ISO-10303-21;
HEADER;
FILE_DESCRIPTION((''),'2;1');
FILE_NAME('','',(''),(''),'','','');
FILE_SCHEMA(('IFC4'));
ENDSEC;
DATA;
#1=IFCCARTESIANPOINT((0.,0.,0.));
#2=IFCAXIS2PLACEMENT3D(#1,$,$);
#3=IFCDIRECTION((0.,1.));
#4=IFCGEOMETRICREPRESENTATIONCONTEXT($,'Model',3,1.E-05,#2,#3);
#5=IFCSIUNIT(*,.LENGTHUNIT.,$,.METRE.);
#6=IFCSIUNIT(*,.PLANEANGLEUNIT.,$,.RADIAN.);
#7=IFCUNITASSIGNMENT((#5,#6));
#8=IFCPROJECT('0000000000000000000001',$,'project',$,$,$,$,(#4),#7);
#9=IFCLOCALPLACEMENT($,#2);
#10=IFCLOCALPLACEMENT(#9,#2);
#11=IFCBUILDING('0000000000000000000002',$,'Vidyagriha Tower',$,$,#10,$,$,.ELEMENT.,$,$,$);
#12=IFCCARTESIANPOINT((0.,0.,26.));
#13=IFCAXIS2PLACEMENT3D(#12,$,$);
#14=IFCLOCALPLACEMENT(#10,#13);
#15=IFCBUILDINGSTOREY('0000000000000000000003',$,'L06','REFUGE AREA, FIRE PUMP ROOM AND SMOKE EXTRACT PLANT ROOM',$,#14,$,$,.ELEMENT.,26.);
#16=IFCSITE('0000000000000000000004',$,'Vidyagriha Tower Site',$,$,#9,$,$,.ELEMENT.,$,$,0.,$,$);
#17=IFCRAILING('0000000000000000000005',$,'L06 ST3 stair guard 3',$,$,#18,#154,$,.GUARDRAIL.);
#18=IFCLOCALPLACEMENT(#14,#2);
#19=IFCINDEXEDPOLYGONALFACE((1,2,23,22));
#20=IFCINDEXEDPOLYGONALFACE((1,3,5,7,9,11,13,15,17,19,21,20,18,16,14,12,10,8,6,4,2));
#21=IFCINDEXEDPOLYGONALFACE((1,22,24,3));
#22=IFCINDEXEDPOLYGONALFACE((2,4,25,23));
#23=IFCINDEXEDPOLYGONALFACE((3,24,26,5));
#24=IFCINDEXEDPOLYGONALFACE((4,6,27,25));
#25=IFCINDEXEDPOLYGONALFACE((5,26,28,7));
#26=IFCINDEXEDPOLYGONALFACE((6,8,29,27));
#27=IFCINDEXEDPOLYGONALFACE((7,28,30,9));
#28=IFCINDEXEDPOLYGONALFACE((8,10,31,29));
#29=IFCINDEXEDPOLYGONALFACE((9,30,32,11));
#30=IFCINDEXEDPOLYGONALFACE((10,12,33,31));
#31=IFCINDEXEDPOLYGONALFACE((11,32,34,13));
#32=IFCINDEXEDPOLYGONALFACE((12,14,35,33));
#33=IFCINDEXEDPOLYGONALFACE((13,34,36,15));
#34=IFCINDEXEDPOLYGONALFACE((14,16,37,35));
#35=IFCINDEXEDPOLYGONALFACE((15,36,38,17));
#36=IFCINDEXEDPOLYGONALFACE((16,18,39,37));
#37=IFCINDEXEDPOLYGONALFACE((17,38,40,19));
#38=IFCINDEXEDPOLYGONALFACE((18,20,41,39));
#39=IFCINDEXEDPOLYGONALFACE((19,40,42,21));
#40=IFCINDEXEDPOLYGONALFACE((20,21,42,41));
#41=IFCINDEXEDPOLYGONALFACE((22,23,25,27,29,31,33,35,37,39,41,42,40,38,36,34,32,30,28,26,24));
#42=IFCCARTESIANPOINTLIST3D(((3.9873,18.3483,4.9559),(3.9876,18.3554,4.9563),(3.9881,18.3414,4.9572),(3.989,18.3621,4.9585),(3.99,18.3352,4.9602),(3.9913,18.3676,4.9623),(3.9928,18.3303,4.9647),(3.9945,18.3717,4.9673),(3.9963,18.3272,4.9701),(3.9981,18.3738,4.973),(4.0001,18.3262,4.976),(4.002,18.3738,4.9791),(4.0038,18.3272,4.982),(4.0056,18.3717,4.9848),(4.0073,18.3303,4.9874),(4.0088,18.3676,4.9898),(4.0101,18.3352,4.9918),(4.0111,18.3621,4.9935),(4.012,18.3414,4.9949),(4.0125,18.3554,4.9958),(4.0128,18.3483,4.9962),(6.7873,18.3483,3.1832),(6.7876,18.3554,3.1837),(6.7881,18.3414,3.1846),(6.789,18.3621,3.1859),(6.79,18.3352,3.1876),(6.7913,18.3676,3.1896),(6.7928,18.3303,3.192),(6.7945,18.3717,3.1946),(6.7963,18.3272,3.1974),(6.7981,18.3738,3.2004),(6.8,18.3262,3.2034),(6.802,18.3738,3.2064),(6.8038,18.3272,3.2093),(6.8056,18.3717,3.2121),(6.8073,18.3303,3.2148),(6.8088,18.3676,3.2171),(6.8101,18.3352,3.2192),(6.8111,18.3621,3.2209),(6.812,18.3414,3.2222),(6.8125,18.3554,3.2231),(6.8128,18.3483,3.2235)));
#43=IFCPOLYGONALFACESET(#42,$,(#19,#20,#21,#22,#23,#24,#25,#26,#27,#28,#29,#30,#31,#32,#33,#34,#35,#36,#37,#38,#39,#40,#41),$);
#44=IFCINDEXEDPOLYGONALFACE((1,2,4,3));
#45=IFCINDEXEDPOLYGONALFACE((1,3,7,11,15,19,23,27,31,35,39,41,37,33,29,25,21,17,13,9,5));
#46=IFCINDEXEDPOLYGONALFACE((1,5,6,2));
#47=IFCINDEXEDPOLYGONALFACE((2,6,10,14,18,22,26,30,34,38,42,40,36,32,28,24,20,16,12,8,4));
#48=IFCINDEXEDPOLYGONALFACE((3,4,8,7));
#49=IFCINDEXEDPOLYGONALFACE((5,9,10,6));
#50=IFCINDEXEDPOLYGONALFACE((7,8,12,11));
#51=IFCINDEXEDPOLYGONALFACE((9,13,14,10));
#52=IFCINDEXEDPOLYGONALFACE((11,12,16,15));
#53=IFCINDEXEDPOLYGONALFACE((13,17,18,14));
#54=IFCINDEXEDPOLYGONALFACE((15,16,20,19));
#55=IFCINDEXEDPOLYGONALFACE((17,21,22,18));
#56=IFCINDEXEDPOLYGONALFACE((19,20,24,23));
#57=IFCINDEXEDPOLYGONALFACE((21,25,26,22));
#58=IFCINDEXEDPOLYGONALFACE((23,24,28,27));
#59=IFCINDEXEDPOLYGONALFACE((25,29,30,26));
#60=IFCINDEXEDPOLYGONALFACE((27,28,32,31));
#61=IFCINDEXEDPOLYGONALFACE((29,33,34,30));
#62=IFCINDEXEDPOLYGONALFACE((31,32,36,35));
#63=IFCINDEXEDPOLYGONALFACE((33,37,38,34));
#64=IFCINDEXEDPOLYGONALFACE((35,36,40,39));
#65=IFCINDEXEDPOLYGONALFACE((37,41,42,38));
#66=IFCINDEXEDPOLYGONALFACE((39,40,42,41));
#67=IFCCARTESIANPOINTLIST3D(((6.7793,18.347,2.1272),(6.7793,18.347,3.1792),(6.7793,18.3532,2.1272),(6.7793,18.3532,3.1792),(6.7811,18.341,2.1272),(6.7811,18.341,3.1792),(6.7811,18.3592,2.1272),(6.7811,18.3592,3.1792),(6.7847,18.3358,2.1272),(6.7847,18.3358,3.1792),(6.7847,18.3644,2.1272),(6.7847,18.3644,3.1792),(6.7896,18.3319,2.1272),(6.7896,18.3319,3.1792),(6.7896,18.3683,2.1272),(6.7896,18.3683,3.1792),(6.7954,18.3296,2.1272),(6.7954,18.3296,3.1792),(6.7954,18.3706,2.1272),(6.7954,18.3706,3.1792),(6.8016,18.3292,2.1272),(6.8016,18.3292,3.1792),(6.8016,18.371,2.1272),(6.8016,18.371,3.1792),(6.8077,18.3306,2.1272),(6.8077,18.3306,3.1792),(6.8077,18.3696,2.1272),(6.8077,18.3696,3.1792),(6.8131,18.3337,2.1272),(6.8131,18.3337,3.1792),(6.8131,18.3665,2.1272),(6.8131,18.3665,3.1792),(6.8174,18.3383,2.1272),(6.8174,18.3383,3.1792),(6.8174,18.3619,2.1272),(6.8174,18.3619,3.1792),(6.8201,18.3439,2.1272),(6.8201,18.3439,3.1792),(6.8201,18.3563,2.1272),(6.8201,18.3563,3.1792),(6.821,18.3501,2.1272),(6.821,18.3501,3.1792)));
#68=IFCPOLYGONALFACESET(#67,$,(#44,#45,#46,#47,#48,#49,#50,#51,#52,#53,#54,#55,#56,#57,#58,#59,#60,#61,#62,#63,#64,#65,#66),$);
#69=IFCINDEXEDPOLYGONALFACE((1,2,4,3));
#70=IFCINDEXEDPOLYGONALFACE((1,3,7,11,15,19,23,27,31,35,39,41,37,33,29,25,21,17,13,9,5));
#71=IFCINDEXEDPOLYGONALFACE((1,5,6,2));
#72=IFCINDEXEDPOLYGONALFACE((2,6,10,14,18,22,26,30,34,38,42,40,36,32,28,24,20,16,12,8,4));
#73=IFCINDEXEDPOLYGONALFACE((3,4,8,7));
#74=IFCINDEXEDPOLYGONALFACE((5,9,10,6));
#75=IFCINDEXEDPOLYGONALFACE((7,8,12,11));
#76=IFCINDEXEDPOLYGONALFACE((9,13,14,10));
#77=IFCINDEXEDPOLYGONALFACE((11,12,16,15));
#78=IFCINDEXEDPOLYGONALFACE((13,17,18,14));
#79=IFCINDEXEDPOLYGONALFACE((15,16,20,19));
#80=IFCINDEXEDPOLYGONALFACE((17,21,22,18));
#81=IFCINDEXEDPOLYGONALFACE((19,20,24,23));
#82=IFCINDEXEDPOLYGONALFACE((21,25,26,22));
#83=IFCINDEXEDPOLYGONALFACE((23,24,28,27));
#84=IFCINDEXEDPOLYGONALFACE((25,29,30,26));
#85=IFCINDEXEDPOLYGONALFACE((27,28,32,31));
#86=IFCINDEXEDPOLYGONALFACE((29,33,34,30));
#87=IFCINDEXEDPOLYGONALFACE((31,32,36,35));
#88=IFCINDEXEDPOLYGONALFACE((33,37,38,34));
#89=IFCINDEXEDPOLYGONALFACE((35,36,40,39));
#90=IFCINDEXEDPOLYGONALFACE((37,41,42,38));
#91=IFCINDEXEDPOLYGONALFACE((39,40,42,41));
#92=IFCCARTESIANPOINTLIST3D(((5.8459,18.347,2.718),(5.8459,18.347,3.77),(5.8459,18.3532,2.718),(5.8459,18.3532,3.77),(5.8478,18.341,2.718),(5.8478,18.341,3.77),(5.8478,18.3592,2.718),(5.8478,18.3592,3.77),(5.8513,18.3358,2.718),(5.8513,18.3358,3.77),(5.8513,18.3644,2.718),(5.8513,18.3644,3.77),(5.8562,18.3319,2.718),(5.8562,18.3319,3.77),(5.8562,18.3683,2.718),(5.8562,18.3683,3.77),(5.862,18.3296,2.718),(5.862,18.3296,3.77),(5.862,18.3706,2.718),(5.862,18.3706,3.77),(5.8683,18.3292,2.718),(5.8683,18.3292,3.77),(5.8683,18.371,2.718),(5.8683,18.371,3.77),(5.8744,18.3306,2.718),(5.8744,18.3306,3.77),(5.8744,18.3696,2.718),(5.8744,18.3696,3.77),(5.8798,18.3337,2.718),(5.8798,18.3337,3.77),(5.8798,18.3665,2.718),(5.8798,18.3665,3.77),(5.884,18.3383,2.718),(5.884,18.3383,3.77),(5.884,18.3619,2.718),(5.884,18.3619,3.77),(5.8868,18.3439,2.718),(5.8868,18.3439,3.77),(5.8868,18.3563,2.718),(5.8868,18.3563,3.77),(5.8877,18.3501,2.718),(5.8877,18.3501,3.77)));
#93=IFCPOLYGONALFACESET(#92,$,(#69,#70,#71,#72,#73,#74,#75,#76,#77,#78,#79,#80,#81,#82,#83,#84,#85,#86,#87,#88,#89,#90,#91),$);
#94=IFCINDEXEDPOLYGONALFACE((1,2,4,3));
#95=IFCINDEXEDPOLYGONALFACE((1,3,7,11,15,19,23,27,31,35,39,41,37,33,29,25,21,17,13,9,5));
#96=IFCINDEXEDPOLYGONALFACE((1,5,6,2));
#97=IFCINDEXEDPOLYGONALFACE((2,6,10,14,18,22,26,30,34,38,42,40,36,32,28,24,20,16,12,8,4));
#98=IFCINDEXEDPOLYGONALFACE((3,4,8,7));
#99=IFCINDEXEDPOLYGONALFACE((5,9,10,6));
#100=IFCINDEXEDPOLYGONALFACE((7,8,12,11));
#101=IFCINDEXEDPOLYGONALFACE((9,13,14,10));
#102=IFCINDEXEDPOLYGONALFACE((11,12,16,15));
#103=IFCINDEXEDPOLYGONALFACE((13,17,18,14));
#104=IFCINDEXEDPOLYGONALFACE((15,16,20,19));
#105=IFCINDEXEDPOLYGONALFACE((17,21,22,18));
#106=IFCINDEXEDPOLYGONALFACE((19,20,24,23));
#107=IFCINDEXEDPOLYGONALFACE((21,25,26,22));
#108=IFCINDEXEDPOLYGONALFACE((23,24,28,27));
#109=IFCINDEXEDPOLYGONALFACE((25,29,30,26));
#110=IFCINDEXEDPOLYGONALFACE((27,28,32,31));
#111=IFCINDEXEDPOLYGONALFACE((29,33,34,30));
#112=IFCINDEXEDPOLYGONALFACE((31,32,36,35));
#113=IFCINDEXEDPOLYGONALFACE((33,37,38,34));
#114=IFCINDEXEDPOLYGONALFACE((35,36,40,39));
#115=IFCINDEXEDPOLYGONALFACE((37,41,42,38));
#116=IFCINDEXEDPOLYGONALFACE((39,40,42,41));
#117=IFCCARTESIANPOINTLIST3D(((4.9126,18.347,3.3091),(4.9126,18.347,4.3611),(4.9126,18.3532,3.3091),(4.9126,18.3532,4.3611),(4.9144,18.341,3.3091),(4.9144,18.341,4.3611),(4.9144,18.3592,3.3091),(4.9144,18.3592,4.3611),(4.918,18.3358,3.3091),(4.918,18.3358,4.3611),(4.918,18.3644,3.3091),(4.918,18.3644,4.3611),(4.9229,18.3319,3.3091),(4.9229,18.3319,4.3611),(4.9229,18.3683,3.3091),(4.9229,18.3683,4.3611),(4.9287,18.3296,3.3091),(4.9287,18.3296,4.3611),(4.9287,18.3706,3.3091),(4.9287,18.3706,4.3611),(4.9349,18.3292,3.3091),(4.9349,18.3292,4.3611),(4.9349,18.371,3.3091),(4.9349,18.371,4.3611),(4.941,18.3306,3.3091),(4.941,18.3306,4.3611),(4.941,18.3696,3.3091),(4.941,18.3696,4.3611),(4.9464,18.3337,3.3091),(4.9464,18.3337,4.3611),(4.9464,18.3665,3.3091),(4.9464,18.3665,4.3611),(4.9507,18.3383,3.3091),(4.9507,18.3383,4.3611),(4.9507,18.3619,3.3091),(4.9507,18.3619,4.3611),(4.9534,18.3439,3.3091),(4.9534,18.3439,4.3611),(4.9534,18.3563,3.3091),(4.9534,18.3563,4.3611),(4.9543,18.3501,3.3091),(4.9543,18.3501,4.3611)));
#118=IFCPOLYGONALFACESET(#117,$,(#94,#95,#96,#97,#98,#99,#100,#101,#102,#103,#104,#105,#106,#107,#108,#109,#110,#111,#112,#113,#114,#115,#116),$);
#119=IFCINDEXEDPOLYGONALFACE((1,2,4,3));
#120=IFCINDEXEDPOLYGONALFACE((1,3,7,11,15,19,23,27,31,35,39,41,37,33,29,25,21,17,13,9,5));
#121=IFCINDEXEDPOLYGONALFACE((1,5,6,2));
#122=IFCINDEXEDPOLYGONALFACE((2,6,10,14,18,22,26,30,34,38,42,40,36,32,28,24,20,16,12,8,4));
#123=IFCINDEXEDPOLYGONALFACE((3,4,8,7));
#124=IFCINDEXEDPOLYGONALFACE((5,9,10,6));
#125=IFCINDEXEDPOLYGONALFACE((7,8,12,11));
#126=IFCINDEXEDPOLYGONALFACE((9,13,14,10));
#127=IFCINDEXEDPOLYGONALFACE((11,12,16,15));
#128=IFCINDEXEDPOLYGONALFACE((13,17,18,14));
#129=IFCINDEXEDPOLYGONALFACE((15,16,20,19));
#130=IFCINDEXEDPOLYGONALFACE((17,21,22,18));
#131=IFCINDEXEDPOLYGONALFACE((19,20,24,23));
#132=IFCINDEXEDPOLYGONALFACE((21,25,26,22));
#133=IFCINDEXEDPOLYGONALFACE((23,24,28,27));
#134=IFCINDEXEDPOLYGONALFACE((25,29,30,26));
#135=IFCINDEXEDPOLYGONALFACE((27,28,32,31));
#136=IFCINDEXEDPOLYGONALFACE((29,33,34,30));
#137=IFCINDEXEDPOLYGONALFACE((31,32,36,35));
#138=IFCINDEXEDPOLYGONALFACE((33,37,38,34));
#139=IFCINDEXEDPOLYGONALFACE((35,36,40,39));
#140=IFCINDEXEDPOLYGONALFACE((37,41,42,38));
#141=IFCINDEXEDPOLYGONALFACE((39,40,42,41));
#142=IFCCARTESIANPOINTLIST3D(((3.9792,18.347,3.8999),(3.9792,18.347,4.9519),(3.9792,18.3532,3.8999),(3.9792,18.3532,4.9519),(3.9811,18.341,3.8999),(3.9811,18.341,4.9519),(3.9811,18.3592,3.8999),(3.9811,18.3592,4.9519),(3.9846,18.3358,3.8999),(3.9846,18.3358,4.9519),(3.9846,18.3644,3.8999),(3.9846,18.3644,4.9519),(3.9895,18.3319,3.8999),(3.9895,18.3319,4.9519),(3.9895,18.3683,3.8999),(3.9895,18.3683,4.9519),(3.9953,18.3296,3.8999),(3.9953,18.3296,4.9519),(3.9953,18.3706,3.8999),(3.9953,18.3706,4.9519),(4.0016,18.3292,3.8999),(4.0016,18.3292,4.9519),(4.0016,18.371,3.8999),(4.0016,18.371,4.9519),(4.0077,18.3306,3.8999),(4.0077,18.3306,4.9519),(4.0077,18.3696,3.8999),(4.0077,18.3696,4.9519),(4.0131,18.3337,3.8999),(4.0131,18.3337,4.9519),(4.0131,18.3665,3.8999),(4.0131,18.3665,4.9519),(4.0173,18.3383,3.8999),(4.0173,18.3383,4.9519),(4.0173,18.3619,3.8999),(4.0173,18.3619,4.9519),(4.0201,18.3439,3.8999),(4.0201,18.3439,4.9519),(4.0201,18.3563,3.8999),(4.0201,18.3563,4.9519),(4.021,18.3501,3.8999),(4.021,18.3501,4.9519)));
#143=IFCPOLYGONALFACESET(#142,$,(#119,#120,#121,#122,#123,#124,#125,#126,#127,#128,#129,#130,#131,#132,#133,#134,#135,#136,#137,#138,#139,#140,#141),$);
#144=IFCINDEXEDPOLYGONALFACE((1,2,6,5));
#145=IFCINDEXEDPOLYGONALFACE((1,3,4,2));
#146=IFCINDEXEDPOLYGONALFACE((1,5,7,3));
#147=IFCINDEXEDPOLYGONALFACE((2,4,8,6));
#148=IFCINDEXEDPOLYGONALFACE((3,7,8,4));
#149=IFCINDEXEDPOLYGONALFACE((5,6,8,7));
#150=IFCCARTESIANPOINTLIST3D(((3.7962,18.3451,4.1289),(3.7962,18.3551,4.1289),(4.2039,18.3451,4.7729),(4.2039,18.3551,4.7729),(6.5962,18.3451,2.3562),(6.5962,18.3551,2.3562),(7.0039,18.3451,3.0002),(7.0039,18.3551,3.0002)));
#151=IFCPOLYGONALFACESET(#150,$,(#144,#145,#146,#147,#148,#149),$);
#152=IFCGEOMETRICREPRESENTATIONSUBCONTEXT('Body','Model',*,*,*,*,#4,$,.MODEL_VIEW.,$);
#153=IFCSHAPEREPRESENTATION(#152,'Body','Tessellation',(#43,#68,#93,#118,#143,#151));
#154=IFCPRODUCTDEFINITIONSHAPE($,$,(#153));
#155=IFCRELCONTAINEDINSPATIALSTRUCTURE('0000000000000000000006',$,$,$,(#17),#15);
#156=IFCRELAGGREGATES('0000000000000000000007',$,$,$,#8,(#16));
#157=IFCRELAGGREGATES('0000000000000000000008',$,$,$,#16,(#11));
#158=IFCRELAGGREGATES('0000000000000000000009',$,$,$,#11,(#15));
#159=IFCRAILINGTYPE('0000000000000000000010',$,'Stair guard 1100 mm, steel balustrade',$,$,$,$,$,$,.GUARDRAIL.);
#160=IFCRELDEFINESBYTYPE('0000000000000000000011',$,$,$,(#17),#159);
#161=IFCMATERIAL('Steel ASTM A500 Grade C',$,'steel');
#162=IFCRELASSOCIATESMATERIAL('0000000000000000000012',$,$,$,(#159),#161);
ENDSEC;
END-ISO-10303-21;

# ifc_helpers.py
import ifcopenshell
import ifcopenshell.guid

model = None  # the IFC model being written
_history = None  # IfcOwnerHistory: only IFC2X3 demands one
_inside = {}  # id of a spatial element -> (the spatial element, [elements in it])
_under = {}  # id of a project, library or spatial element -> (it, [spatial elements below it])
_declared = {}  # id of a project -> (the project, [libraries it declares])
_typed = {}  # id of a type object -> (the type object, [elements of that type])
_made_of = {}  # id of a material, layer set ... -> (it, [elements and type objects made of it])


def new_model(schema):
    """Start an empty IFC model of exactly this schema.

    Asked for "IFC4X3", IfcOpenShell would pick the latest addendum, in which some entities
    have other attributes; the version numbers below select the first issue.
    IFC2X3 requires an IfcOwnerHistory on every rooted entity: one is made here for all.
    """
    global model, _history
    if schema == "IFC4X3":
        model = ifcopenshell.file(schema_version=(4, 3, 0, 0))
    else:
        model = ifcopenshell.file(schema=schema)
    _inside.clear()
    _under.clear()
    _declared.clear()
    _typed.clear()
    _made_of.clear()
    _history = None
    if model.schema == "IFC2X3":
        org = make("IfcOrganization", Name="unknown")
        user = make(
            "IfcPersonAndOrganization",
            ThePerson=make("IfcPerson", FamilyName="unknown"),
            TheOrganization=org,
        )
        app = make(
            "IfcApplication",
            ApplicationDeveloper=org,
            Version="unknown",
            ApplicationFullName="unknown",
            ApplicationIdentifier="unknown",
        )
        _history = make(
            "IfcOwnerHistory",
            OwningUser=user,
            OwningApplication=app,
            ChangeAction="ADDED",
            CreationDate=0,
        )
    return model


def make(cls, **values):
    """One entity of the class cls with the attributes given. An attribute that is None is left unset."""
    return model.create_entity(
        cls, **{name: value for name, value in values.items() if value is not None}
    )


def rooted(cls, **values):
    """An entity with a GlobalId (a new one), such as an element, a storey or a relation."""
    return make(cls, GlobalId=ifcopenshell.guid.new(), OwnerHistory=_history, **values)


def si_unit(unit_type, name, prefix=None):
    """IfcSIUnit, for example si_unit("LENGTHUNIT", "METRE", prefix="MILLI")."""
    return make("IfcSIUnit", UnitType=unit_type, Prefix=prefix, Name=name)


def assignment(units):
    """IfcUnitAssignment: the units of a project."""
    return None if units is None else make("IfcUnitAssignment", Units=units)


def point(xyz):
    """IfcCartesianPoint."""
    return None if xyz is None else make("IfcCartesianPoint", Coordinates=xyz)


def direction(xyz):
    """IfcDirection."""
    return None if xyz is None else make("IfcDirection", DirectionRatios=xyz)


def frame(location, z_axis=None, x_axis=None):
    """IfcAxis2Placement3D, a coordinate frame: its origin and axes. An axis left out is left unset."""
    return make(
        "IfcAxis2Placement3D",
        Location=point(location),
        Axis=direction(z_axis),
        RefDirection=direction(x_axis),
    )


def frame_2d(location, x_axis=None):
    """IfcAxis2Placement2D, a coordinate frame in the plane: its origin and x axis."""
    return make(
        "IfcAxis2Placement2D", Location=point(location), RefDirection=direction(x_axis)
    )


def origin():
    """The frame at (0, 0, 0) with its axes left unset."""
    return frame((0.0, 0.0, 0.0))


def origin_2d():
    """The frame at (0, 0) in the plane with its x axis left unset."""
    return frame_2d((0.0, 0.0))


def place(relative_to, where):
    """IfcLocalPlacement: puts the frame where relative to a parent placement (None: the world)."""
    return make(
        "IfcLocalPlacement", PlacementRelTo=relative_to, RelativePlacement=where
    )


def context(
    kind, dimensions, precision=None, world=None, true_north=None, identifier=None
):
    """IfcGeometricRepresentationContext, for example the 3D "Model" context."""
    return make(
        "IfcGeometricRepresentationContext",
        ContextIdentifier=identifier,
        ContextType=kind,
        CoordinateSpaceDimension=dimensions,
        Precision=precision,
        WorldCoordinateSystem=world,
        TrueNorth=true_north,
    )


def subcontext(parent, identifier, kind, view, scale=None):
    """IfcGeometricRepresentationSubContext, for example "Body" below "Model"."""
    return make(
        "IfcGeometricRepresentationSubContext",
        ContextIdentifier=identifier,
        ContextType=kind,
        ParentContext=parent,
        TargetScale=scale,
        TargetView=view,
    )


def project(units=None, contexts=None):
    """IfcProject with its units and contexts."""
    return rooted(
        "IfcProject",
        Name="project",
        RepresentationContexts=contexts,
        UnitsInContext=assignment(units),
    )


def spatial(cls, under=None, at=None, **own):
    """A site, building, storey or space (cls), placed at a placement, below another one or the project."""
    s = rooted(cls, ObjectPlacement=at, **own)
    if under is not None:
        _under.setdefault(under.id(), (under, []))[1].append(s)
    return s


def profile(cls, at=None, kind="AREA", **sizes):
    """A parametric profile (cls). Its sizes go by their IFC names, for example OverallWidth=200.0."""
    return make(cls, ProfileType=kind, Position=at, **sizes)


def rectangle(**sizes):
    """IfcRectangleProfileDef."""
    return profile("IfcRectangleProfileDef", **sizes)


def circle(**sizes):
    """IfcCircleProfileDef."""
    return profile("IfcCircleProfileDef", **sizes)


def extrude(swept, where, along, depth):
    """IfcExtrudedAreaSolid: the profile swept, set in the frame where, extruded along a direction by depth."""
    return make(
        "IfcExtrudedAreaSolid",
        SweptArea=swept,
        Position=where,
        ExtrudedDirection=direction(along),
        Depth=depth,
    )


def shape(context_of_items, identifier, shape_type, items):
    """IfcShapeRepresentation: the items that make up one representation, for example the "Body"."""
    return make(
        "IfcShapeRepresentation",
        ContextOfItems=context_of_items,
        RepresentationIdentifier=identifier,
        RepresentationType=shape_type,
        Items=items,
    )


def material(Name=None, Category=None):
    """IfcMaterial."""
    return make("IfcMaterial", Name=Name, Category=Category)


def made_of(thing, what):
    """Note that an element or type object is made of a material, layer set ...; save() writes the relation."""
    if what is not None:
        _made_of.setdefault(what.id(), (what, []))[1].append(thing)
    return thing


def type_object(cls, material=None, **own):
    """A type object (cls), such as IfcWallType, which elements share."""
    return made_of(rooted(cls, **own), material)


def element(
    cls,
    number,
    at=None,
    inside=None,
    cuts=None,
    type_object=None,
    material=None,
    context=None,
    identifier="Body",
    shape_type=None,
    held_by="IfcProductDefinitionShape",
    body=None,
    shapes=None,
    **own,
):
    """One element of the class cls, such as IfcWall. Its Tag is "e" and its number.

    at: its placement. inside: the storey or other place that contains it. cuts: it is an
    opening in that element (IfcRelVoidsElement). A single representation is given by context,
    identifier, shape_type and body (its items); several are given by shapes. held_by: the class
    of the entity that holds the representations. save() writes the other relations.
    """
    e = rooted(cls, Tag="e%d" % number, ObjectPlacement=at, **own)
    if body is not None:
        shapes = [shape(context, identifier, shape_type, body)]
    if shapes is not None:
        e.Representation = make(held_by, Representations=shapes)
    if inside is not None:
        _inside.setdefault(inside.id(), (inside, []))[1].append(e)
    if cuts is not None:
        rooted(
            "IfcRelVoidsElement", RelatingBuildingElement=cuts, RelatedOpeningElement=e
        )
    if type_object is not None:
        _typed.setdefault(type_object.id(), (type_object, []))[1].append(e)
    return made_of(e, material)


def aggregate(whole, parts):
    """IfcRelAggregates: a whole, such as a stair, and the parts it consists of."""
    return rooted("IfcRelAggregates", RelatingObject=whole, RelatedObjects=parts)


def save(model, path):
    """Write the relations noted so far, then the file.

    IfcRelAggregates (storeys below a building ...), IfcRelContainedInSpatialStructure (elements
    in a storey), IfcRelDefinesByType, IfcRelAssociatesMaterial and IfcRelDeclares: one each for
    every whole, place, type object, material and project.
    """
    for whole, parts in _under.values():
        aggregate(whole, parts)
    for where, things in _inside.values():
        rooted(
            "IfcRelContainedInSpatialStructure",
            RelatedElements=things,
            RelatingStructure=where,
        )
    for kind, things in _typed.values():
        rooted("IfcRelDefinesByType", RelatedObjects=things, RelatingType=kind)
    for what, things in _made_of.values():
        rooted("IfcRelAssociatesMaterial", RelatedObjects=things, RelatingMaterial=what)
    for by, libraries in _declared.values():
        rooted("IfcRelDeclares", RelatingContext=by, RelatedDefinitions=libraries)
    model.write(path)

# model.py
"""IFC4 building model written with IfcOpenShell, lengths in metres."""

from ifc_helpers import new_model, si_unit, direction, frame, origin, origin_2d, place, context, subcontext, project, spatial, rectangle, circle, extrude, material, type_object, element, save


model = new_model("IFC4")

# Units and contexts
model_context = context("Model", 3, precision=1e-05, world=origin(), true_north=direction((0.0, 1.0)))
body_context = subcontext(model_context, "Body", "Model", "MODEL_VIEW")
ifc_project = project(units=[si_unit("LENGTHUNIT", "METRE"), si_unit("PLANEANGLEUNIT", "RADIAN")], contexts=[model_context])

# Site, building, storey
site_placement = place(None, origin())
site = spatial("IfcSite", under=ifc_project, at=site_placement, Name="Vidyagriha Tower Site", CompositionType="ELEMENT", RefElevation=0.0)
building_placement = place(site_placement, origin())
building = spatial("IfcBuilding", under=site, at=building_placement, Name="Vidyagriha Tower", CompositionType="ELEMENT")
storey_placement = place(building_placement, frame((0.0, 0.0, 26.0)))
storey = spatial("IfcBuildingStorey", under=building, at=storey_placement, Name="L06", Description="REFUGE AREA, FIRE PUMP ROOM AND SMOKE EXTRACT PLANT ROOM", CompositionType="ELEMENT", Elevation=26.0)

# Railing
ifc_material_1 = material(Name="Steel ASTM A500 Grade C", Category="steel")
railing_type_1 = type_object("IfcRailingType", Name="Stair guard 1100 mm, steel balustrade", PredefinedType="GUARDRAIL", material=ifc_material_1)
railing_1_placement = place(storey_placement, frame((6.8, 18.3501, 2.1272)))
element("IfcRailing", 1, at=railing_1_placement, inside=storey, type_object=railing_type_1, Name="L06 ST3 stair guard 3", PredefinedType="GUARDRAIL", context=body_context, shape_type="SweptSolid", body=[
    extrude(circle(Radius=0.0239, at=origin_2d()), frame((0.0, 0.0, 1.0762), z_axis=(-0.844909, 0.0, 0.53491), x_axis=(0.0, -1.0, 0.0)), (0.0, 0.0, 1.0), 3.314),
    extrude(circle(Radius=0.021, at=origin_2d()), origin(), (0.0, 0.0, 1.0), 1.052),
    extrude(circle(Radius=0.021, at=origin_2d()), frame((-0.9333, 0.0, 0.5908)), (0.0, 0.0, 1.0), 1.052),
    extrude(circle(Radius=0.021, at=origin_2d()), frame((-1.8667, 0.0, 1.1819)), (0.0, 0.0, 1.0), 1.052),
    extrude(circle(Radius=0.021, at=origin_2d()), frame((-2.8, 0.0, 1.7727)), (0.0, 0.0, 1.0), 1.052),
    extrude(rectangle(XDim=0.01, YDim=0.7622, at=origin_2d()), frame((0.0, 0.0, 0.551), z_axis=(-0.844909, 0.0, 0.53491), x_axis=(0.0, -1.0, 0.0)), (0.0, 0.0, 1.0), 3.314),
])

save(model, "model.ifc")
